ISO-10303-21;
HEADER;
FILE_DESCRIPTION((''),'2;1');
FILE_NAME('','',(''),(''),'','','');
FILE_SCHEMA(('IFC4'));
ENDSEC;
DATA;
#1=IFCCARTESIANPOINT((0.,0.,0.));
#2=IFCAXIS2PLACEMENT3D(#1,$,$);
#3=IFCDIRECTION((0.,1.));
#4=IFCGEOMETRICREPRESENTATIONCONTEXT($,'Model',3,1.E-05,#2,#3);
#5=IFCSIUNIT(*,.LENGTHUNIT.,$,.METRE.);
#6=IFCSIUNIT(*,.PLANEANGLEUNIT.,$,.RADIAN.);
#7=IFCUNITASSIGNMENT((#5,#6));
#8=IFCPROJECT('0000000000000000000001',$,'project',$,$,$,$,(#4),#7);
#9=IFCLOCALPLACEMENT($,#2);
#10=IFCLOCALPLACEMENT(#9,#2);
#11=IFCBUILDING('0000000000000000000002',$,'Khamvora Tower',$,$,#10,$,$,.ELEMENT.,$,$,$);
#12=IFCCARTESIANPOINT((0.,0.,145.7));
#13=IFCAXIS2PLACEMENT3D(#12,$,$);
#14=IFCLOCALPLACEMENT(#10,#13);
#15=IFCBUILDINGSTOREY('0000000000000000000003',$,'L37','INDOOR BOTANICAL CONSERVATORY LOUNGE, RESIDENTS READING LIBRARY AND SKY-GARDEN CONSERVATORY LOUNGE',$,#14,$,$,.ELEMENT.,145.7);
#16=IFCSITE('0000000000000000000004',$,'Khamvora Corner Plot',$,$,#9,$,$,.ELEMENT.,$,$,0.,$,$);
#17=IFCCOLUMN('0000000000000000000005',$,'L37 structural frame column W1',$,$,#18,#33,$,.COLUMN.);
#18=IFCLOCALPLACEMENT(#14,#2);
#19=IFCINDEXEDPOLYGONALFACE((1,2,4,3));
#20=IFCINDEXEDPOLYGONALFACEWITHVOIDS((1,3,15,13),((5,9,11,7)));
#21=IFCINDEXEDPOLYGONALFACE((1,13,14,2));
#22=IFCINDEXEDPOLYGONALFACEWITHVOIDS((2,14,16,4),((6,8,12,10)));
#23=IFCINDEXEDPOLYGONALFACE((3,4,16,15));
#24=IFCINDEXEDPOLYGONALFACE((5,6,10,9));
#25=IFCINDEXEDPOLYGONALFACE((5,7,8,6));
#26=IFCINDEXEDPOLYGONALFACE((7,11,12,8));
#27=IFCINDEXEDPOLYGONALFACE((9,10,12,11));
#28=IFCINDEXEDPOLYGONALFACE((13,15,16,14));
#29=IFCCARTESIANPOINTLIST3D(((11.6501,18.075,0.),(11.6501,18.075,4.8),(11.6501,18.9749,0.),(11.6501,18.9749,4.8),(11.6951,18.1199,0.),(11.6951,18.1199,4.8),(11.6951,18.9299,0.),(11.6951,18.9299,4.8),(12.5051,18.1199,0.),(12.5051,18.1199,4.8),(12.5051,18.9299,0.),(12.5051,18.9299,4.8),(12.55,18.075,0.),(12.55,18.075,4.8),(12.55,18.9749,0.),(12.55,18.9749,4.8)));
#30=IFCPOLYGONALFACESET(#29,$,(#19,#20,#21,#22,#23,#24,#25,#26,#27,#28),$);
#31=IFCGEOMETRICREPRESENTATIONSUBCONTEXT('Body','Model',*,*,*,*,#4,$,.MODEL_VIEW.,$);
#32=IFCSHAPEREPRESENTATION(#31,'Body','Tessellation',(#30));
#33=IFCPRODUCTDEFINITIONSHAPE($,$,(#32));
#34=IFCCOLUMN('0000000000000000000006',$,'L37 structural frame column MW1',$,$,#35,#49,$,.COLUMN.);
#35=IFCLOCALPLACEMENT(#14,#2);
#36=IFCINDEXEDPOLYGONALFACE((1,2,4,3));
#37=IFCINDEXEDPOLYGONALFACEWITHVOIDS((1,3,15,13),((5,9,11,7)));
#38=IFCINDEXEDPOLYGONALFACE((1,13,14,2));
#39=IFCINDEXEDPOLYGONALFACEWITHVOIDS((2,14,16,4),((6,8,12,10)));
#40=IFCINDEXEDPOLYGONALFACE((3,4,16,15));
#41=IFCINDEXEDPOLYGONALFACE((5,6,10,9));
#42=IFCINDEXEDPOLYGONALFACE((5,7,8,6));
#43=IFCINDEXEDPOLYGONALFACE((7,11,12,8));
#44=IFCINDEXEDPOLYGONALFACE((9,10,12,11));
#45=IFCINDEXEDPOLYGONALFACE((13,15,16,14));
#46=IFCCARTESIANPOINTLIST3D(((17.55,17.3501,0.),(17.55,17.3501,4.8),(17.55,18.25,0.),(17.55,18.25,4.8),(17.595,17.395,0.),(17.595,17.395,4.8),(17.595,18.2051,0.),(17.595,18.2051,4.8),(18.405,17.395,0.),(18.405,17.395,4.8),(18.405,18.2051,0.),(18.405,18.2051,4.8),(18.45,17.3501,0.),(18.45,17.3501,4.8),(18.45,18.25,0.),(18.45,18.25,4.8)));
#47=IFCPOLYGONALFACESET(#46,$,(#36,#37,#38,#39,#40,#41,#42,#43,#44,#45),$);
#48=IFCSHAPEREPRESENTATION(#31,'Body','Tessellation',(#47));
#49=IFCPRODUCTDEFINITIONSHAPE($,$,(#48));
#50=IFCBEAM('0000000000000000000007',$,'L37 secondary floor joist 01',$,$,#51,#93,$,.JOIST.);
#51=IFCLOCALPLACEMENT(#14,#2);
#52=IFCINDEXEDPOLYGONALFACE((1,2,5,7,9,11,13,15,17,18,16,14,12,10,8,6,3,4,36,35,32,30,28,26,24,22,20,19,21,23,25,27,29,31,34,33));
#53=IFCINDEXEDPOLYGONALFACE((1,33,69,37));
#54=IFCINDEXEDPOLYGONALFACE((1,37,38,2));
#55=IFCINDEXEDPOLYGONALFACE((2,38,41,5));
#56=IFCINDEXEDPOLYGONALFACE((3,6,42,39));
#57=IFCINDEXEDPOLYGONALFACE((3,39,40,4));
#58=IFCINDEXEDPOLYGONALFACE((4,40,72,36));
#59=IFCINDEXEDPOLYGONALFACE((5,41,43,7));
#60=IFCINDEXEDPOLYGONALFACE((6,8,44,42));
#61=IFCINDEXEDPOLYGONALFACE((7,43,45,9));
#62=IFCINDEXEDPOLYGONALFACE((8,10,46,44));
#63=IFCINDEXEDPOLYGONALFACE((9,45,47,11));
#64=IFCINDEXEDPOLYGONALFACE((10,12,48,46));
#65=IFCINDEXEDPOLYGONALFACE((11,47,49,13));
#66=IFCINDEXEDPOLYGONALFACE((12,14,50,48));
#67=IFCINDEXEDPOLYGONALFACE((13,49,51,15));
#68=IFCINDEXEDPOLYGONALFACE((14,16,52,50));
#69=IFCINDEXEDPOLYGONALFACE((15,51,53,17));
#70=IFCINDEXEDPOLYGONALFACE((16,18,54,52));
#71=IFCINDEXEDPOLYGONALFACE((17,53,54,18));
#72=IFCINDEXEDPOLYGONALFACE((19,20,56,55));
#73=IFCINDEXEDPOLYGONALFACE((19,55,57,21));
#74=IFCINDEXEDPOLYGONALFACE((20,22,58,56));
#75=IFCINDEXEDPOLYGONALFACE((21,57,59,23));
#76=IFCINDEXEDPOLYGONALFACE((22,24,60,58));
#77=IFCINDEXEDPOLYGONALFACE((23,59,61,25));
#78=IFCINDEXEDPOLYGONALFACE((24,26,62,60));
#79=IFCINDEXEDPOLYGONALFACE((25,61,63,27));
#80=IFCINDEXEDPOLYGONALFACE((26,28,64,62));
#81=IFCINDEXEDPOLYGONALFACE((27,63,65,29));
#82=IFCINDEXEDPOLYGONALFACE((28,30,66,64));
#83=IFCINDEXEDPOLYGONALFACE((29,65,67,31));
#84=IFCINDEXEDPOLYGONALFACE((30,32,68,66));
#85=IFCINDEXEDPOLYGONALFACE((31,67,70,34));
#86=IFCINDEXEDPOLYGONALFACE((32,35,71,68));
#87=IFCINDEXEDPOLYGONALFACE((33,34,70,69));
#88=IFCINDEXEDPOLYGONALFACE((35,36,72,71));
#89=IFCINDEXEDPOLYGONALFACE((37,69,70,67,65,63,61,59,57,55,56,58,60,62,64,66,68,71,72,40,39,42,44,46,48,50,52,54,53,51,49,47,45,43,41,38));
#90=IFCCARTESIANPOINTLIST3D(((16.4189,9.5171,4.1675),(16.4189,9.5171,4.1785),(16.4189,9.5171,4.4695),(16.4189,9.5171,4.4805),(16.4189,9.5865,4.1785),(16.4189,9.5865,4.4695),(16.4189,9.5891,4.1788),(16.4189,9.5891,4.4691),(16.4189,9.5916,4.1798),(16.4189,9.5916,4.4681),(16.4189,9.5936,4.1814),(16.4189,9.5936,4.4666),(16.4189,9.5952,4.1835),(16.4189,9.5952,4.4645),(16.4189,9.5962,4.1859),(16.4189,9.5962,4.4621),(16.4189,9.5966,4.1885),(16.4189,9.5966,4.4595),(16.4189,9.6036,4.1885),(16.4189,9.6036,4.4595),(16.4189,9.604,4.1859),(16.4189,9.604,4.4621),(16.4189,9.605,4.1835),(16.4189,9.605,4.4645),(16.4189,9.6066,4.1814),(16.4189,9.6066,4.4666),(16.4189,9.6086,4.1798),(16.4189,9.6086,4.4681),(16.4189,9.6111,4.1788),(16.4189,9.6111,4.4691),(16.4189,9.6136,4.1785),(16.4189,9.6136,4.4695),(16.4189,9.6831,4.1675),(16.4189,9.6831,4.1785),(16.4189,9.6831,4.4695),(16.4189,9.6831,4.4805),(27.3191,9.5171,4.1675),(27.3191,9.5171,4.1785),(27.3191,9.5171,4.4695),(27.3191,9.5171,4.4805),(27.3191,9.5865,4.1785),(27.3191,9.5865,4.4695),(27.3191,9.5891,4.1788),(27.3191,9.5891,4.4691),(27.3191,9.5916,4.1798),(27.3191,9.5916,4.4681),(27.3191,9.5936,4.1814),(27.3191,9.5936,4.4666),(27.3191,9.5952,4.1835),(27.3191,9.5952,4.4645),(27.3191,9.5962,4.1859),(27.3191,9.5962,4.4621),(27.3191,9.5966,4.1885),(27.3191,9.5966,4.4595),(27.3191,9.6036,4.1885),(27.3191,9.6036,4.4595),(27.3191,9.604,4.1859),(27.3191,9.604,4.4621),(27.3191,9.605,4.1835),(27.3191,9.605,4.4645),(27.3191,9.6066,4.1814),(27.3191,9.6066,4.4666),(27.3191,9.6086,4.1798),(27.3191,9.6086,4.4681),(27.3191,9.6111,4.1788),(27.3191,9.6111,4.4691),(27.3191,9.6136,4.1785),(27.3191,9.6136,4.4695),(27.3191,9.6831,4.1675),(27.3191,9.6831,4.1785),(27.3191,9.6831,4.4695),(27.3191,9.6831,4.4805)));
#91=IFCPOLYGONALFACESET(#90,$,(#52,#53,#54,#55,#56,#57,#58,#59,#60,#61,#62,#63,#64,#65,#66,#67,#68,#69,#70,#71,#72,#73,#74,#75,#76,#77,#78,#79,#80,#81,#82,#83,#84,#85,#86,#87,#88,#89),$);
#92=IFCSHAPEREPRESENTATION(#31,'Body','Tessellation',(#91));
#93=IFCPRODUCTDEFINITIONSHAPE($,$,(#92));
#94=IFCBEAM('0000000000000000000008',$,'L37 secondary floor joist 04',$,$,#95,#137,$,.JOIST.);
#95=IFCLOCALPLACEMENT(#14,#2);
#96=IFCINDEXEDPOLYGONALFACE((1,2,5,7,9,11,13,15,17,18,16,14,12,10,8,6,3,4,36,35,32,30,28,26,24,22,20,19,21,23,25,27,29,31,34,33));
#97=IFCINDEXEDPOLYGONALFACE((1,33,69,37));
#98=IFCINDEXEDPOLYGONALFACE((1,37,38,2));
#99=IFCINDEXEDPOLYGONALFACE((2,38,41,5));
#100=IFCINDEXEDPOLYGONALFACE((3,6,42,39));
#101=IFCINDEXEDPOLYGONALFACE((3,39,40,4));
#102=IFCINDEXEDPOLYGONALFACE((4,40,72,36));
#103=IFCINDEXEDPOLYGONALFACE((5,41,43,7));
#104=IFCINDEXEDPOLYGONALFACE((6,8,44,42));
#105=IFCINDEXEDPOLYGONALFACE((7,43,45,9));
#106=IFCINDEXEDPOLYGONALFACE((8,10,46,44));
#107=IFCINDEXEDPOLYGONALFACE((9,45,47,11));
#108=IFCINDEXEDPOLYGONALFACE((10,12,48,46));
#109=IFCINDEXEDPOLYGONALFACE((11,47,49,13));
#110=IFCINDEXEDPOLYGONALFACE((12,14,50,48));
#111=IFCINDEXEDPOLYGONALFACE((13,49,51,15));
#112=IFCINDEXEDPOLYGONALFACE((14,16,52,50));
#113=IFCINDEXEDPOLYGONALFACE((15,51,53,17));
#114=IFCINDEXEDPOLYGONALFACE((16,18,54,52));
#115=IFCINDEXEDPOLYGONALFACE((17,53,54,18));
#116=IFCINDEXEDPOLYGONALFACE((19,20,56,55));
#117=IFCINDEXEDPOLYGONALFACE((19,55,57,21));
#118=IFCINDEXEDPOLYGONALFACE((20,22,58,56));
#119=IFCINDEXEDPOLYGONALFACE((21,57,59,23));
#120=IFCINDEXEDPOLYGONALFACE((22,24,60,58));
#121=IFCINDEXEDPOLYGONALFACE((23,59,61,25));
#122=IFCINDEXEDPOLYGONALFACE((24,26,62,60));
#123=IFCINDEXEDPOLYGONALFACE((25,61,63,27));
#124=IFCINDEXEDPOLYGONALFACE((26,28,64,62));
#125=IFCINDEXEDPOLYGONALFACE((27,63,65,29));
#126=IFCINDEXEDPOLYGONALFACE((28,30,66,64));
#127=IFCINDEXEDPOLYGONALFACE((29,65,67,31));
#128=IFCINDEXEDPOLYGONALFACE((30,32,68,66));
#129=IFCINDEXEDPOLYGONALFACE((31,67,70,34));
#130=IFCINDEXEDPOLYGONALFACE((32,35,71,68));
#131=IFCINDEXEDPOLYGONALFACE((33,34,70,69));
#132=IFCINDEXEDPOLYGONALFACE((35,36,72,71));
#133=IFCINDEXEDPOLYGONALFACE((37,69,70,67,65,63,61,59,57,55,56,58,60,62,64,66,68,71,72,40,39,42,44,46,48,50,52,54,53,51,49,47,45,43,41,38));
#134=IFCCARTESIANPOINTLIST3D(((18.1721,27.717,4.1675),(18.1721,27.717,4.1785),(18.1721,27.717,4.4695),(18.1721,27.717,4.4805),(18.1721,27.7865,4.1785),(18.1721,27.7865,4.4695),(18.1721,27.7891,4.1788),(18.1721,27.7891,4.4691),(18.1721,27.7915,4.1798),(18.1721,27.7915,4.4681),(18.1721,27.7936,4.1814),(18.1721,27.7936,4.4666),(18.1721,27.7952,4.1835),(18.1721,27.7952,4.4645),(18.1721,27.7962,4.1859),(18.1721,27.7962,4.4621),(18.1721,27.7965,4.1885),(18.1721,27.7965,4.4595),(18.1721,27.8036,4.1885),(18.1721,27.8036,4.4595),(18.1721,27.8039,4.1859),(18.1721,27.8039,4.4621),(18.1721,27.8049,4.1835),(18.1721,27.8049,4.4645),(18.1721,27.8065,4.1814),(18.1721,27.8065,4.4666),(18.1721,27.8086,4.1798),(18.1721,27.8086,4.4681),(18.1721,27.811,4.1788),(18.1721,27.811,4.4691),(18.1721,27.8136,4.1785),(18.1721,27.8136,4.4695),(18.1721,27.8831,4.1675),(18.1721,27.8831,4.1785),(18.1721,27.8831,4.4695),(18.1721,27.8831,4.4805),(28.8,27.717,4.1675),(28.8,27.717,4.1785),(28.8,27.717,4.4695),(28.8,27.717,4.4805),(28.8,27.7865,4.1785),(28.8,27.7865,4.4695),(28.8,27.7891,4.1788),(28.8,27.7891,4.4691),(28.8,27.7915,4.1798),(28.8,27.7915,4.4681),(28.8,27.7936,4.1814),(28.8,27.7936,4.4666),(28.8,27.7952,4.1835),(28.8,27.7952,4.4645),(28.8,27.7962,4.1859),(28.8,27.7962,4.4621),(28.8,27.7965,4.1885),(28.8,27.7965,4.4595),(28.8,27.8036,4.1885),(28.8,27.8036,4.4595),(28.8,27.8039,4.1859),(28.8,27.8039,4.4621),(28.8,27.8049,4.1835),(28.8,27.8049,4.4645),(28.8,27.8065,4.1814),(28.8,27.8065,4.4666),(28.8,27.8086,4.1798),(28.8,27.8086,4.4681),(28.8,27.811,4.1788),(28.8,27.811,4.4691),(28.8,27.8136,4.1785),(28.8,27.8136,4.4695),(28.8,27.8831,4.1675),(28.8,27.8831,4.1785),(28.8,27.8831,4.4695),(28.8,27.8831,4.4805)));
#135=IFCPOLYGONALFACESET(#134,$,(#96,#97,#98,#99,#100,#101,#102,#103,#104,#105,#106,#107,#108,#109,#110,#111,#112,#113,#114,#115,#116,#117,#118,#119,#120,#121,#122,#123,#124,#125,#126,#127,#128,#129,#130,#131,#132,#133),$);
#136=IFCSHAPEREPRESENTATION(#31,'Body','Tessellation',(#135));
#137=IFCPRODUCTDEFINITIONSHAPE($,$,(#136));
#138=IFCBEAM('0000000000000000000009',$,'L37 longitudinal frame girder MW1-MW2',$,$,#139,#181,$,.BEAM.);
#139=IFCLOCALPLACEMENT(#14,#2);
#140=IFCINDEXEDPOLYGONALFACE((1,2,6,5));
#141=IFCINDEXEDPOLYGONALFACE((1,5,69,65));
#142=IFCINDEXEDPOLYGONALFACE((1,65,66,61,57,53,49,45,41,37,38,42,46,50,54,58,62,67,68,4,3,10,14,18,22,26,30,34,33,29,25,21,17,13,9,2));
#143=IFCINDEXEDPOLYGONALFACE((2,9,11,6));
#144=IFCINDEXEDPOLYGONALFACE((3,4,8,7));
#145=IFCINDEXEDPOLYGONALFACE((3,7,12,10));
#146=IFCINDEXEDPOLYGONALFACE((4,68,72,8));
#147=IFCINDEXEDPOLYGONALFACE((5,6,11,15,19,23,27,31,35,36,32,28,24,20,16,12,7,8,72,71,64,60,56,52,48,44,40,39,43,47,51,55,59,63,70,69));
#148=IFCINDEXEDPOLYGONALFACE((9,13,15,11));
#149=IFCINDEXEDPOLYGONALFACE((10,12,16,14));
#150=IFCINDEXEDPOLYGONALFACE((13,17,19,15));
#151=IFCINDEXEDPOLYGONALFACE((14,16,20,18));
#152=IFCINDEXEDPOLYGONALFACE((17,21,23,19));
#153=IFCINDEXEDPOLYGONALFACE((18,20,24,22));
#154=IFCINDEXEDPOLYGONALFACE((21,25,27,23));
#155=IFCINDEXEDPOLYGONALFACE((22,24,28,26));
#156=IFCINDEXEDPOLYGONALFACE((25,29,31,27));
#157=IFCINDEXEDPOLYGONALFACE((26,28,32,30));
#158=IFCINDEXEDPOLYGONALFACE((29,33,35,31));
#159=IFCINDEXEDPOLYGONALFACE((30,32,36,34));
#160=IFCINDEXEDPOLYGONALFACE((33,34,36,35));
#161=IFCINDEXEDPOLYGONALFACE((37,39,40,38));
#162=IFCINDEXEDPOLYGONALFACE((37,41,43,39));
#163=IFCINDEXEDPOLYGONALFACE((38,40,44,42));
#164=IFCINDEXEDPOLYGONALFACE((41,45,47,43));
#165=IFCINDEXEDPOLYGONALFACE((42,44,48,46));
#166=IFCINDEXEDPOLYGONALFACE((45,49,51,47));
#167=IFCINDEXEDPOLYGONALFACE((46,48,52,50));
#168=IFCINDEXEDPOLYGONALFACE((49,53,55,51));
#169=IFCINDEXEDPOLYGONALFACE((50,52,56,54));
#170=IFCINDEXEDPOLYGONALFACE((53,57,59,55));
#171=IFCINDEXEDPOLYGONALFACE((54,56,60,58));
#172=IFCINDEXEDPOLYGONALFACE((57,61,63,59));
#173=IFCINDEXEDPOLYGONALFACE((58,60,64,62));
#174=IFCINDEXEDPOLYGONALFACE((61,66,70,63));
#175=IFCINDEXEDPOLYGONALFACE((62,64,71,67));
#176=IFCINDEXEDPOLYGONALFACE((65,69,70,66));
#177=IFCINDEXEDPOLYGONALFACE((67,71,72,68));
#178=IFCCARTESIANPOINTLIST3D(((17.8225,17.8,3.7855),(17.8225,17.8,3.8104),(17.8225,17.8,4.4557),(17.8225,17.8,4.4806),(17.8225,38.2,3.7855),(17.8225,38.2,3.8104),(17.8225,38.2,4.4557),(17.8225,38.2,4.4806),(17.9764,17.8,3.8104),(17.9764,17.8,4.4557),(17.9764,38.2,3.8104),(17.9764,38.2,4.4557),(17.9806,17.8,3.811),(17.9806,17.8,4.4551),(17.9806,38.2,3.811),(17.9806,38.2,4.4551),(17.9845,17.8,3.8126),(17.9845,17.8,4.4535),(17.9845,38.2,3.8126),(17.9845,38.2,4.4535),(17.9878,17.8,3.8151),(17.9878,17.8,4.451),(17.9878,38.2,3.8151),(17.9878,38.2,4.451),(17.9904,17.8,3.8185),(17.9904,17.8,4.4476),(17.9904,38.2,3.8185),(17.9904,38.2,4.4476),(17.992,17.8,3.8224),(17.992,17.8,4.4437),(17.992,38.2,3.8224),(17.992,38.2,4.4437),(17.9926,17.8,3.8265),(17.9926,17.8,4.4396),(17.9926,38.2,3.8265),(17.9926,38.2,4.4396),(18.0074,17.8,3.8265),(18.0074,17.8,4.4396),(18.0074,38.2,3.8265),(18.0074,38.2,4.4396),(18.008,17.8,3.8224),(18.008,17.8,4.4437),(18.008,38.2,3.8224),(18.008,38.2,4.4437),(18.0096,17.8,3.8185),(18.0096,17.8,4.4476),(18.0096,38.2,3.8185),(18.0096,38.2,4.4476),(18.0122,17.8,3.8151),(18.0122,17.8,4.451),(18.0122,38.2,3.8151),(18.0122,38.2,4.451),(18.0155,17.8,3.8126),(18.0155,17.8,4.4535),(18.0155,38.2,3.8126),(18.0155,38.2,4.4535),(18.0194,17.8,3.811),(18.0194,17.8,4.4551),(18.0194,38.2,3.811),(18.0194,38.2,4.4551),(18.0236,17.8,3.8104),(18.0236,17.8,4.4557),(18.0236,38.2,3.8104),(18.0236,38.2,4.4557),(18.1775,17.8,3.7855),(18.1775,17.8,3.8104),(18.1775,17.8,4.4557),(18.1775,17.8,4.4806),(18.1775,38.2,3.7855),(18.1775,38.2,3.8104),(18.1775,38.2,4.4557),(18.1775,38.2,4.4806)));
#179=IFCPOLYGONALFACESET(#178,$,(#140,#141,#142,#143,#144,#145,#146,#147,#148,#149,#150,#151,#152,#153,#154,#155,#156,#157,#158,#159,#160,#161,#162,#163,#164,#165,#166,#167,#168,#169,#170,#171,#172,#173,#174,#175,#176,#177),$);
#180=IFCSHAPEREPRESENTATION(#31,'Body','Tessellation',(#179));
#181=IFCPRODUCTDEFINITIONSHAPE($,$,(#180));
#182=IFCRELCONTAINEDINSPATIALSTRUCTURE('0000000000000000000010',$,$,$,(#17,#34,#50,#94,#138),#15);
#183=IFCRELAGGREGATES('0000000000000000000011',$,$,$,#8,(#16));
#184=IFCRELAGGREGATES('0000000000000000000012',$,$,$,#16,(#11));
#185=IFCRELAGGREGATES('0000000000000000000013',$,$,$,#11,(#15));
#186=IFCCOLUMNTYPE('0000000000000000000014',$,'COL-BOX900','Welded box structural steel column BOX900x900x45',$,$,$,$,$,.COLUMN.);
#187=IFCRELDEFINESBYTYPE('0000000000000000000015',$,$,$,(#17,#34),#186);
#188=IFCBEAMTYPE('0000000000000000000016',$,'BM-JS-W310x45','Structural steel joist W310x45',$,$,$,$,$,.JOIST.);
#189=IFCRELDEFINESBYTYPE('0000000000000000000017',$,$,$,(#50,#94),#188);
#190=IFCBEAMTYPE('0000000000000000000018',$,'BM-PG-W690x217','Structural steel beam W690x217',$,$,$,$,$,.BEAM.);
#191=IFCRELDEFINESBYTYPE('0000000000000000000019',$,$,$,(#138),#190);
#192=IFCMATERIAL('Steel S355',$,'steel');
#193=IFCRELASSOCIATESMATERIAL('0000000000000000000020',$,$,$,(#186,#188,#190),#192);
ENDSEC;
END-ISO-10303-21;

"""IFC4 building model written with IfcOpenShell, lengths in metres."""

from ifc_helpers import new_model, si_unit, direction, frame, origin, origin_2d, place, context, subcontext, project, spatial, hollow_rectangle, i_section, extrude, material, material_profile, profile_set, type_object, element, save


model = new_model("IFC4")

# Units and contexts
model_context = context("Model", 3, precision=1e-05, world=origin(), true_north=direction((0.0, 1.0)))
body_context = subcontext(model_context, "Body", "Model", "MODEL_VIEW")
ifc_project = project(units=[si_unit("LENGTHUNIT", "METRE"), si_unit("PLANEANGLEUNIT", "RADIAN")], contexts=[model_context])

# Site, building, storey
site_placement = place(None, origin())
site = spatial("IfcSite", under=ifc_project, at=site_placement, Name="Khamvora Corner Plot", CompositionType="ELEMENT", RefElevation=0.0)
building_placement = place(site_placement, origin())
building = spatial("IfcBuilding", under=site, at=building_placement, Name="Khamvora Tower", CompositionType="ELEMENT")
storey_placement = place(building_placement, frame((0.0, 0.0, 145.7)))
storey = spatial("IfcBuildingStorey", under=building, at=storey_placement, Name="L37", Description="INDOOR BOTANICAL CONSERVATORY LOUNGE, RESIDENTS READING LIBRARY AND SKY-GARDEN CONSERVATORY LOUNGE", CompositionType="ELEMENT", Elevation=145.7)

# Columns
ifc_material_1 = material(Name="Steel S355", Category="steel")
ifc_material_profile_1 = material_profile(ifc_material_1, hollow_rectangle(XDim=0.8999, YDim=0.8999, WallThickness=0.0449, at=origin_2d()), Name="BOX900x900x45")
ifc_profile_set_1 = profile_set([ifc_material_profile_1], Name="Steel S355")
column_type = type_object("IfcColumnType", Name="COL-BOX900", Description="Welded box structural steel column BOX900x900x45", PredefinedType="COLUMN", material=ifc_profile_set_1)
for number, where, z_axis, x_axis, name in (
    (1, (12.1001, 18.5249, 0.0), (0.0, 0.0, 1.0), (1.0, 0.0, 0.0), "L37 structural frame column W1"),
    (2, (18.0, 17.8, 0.0), (0.0, 0.0, 1.0), (1.0, 0.0, 0.0), "L37 structural frame column MW1"),
):
    element("IfcColumn", number, at=place(storey_placement, frame(where, z_axis=z_axis, x_axis=x_axis)), inside=storey, type_object=column_type, Name=name, PredefinedType="COLUMN", context=body_context, shape_type="SweptSolid", body=[
        extrude(hollow_rectangle(XDim=0.8999, YDim=0.8999, WallThickness=0.0449, at=origin_2d()), origin(), (0.0, 0.0, 1.0), 4.8),
    ])

# Beams
ifc_material_profile_2 = material_profile(ifc_material_1, i_section(OverallWidth=0.166, OverallDepth=0.313, WebThickness=0.0071, FlangeThickness=0.011, FilletRadius=0.01, at=origin_2d()), Name="W310x45")
ifc_profile_set_2 = profile_set([ifc_material_profile_2], Name="Steel S355")
beam_type_1 = type_object("IfcBeamType", Name="BM-JS-W310x45", Description="Structural steel joist W310x45", PredefinedType="JOIST", material=ifc_profile_set_2)
beam_1_placement = place(storey_placement, frame((16.4189, 9.6001, 4.324), z_axis=(1.0, 0.0, 0.0), x_axis=(0.0, 1.0, 0.0)))
element("IfcBeam", 3, at=beam_1_placement, inside=storey, type_object=beam_type_1, Name="L37 secondary floor joist 01", PredefinedType="JOIST", context=body_context, shape_type="SweptSolid", body=[
    extrude(i_section(OverallWidth=0.166, OverallDepth=0.313, WebThickness=0.0071, FlangeThickness=0.011, FilletRadius=0.01, at=origin_2d()), origin(), (0.0, 0.0, 1.0), 10.9001),
])
beam_2_placement = place(storey_placement, frame((18.1721, 27.8, 4.324), z_axis=(1.0, 0.0, 0.0), x_axis=(0.0, 1.0, 0.0)))
element("IfcBeam", 4, at=beam_2_placement, inside=storey, type_object=beam_type_1, Name="L37 secondary floor joist 04", PredefinedType="JOIST", context=body_context, shape_type="SweptSolid", body=[
    extrude(i_section(OverallWidth=0.166, OverallDepth=0.313, WebThickness=0.0071, FlangeThickness=0.011, FilletRadius=0.01, at=origin_2d()), origin(), (0.0, 0.0, 1.0), 10.6279),
])
ifc_material_profile_3 = material_profile(ifc_material_1, i_section(OverallWidth=0.355, OverallDepth=0.6951, WebThickness=0.0149, FlangeThickness=0.0249, FilletRadius=0.0161, at=origin_2d()), Name="W690x217")
ifc_profile_set_3 = profile_set([ifc_material_profile_3], Name="Steel S355")
beam_type_2 = type_object("IfcBeamType", Name="BM-PG-W690x217", Description="Structural steel beam W690x217", PredefinedType="BEAM", material=ifc_profile_set_3)
beam_3_placement = place(storey_placement, frame((18.0, 17.8, 4.1331), z_axis=(0.0, 1.0, 0.0), x_axis=(-1.0, 0.0, 0.0)))
element("IfcBeam", 5, at=beam_3_placement, inside=storey, type_object=beam_type_2, Name="L37 longitudinal frame girder MW1-MW2", PredefinedType="BEAM", context=body_context, shape_type="SweptSolid", body=[
    extrude(i_section(OverallWidth=0.355, OverallDepth=0.6951, WebThickness=0.0149, FlangeThickness=0.0249, FilletRadius=0.0161, at=origin_2d()), origin(), (0.0, 0.0, 1.0), 20.3999),
])

save(model, "model.ifc")
